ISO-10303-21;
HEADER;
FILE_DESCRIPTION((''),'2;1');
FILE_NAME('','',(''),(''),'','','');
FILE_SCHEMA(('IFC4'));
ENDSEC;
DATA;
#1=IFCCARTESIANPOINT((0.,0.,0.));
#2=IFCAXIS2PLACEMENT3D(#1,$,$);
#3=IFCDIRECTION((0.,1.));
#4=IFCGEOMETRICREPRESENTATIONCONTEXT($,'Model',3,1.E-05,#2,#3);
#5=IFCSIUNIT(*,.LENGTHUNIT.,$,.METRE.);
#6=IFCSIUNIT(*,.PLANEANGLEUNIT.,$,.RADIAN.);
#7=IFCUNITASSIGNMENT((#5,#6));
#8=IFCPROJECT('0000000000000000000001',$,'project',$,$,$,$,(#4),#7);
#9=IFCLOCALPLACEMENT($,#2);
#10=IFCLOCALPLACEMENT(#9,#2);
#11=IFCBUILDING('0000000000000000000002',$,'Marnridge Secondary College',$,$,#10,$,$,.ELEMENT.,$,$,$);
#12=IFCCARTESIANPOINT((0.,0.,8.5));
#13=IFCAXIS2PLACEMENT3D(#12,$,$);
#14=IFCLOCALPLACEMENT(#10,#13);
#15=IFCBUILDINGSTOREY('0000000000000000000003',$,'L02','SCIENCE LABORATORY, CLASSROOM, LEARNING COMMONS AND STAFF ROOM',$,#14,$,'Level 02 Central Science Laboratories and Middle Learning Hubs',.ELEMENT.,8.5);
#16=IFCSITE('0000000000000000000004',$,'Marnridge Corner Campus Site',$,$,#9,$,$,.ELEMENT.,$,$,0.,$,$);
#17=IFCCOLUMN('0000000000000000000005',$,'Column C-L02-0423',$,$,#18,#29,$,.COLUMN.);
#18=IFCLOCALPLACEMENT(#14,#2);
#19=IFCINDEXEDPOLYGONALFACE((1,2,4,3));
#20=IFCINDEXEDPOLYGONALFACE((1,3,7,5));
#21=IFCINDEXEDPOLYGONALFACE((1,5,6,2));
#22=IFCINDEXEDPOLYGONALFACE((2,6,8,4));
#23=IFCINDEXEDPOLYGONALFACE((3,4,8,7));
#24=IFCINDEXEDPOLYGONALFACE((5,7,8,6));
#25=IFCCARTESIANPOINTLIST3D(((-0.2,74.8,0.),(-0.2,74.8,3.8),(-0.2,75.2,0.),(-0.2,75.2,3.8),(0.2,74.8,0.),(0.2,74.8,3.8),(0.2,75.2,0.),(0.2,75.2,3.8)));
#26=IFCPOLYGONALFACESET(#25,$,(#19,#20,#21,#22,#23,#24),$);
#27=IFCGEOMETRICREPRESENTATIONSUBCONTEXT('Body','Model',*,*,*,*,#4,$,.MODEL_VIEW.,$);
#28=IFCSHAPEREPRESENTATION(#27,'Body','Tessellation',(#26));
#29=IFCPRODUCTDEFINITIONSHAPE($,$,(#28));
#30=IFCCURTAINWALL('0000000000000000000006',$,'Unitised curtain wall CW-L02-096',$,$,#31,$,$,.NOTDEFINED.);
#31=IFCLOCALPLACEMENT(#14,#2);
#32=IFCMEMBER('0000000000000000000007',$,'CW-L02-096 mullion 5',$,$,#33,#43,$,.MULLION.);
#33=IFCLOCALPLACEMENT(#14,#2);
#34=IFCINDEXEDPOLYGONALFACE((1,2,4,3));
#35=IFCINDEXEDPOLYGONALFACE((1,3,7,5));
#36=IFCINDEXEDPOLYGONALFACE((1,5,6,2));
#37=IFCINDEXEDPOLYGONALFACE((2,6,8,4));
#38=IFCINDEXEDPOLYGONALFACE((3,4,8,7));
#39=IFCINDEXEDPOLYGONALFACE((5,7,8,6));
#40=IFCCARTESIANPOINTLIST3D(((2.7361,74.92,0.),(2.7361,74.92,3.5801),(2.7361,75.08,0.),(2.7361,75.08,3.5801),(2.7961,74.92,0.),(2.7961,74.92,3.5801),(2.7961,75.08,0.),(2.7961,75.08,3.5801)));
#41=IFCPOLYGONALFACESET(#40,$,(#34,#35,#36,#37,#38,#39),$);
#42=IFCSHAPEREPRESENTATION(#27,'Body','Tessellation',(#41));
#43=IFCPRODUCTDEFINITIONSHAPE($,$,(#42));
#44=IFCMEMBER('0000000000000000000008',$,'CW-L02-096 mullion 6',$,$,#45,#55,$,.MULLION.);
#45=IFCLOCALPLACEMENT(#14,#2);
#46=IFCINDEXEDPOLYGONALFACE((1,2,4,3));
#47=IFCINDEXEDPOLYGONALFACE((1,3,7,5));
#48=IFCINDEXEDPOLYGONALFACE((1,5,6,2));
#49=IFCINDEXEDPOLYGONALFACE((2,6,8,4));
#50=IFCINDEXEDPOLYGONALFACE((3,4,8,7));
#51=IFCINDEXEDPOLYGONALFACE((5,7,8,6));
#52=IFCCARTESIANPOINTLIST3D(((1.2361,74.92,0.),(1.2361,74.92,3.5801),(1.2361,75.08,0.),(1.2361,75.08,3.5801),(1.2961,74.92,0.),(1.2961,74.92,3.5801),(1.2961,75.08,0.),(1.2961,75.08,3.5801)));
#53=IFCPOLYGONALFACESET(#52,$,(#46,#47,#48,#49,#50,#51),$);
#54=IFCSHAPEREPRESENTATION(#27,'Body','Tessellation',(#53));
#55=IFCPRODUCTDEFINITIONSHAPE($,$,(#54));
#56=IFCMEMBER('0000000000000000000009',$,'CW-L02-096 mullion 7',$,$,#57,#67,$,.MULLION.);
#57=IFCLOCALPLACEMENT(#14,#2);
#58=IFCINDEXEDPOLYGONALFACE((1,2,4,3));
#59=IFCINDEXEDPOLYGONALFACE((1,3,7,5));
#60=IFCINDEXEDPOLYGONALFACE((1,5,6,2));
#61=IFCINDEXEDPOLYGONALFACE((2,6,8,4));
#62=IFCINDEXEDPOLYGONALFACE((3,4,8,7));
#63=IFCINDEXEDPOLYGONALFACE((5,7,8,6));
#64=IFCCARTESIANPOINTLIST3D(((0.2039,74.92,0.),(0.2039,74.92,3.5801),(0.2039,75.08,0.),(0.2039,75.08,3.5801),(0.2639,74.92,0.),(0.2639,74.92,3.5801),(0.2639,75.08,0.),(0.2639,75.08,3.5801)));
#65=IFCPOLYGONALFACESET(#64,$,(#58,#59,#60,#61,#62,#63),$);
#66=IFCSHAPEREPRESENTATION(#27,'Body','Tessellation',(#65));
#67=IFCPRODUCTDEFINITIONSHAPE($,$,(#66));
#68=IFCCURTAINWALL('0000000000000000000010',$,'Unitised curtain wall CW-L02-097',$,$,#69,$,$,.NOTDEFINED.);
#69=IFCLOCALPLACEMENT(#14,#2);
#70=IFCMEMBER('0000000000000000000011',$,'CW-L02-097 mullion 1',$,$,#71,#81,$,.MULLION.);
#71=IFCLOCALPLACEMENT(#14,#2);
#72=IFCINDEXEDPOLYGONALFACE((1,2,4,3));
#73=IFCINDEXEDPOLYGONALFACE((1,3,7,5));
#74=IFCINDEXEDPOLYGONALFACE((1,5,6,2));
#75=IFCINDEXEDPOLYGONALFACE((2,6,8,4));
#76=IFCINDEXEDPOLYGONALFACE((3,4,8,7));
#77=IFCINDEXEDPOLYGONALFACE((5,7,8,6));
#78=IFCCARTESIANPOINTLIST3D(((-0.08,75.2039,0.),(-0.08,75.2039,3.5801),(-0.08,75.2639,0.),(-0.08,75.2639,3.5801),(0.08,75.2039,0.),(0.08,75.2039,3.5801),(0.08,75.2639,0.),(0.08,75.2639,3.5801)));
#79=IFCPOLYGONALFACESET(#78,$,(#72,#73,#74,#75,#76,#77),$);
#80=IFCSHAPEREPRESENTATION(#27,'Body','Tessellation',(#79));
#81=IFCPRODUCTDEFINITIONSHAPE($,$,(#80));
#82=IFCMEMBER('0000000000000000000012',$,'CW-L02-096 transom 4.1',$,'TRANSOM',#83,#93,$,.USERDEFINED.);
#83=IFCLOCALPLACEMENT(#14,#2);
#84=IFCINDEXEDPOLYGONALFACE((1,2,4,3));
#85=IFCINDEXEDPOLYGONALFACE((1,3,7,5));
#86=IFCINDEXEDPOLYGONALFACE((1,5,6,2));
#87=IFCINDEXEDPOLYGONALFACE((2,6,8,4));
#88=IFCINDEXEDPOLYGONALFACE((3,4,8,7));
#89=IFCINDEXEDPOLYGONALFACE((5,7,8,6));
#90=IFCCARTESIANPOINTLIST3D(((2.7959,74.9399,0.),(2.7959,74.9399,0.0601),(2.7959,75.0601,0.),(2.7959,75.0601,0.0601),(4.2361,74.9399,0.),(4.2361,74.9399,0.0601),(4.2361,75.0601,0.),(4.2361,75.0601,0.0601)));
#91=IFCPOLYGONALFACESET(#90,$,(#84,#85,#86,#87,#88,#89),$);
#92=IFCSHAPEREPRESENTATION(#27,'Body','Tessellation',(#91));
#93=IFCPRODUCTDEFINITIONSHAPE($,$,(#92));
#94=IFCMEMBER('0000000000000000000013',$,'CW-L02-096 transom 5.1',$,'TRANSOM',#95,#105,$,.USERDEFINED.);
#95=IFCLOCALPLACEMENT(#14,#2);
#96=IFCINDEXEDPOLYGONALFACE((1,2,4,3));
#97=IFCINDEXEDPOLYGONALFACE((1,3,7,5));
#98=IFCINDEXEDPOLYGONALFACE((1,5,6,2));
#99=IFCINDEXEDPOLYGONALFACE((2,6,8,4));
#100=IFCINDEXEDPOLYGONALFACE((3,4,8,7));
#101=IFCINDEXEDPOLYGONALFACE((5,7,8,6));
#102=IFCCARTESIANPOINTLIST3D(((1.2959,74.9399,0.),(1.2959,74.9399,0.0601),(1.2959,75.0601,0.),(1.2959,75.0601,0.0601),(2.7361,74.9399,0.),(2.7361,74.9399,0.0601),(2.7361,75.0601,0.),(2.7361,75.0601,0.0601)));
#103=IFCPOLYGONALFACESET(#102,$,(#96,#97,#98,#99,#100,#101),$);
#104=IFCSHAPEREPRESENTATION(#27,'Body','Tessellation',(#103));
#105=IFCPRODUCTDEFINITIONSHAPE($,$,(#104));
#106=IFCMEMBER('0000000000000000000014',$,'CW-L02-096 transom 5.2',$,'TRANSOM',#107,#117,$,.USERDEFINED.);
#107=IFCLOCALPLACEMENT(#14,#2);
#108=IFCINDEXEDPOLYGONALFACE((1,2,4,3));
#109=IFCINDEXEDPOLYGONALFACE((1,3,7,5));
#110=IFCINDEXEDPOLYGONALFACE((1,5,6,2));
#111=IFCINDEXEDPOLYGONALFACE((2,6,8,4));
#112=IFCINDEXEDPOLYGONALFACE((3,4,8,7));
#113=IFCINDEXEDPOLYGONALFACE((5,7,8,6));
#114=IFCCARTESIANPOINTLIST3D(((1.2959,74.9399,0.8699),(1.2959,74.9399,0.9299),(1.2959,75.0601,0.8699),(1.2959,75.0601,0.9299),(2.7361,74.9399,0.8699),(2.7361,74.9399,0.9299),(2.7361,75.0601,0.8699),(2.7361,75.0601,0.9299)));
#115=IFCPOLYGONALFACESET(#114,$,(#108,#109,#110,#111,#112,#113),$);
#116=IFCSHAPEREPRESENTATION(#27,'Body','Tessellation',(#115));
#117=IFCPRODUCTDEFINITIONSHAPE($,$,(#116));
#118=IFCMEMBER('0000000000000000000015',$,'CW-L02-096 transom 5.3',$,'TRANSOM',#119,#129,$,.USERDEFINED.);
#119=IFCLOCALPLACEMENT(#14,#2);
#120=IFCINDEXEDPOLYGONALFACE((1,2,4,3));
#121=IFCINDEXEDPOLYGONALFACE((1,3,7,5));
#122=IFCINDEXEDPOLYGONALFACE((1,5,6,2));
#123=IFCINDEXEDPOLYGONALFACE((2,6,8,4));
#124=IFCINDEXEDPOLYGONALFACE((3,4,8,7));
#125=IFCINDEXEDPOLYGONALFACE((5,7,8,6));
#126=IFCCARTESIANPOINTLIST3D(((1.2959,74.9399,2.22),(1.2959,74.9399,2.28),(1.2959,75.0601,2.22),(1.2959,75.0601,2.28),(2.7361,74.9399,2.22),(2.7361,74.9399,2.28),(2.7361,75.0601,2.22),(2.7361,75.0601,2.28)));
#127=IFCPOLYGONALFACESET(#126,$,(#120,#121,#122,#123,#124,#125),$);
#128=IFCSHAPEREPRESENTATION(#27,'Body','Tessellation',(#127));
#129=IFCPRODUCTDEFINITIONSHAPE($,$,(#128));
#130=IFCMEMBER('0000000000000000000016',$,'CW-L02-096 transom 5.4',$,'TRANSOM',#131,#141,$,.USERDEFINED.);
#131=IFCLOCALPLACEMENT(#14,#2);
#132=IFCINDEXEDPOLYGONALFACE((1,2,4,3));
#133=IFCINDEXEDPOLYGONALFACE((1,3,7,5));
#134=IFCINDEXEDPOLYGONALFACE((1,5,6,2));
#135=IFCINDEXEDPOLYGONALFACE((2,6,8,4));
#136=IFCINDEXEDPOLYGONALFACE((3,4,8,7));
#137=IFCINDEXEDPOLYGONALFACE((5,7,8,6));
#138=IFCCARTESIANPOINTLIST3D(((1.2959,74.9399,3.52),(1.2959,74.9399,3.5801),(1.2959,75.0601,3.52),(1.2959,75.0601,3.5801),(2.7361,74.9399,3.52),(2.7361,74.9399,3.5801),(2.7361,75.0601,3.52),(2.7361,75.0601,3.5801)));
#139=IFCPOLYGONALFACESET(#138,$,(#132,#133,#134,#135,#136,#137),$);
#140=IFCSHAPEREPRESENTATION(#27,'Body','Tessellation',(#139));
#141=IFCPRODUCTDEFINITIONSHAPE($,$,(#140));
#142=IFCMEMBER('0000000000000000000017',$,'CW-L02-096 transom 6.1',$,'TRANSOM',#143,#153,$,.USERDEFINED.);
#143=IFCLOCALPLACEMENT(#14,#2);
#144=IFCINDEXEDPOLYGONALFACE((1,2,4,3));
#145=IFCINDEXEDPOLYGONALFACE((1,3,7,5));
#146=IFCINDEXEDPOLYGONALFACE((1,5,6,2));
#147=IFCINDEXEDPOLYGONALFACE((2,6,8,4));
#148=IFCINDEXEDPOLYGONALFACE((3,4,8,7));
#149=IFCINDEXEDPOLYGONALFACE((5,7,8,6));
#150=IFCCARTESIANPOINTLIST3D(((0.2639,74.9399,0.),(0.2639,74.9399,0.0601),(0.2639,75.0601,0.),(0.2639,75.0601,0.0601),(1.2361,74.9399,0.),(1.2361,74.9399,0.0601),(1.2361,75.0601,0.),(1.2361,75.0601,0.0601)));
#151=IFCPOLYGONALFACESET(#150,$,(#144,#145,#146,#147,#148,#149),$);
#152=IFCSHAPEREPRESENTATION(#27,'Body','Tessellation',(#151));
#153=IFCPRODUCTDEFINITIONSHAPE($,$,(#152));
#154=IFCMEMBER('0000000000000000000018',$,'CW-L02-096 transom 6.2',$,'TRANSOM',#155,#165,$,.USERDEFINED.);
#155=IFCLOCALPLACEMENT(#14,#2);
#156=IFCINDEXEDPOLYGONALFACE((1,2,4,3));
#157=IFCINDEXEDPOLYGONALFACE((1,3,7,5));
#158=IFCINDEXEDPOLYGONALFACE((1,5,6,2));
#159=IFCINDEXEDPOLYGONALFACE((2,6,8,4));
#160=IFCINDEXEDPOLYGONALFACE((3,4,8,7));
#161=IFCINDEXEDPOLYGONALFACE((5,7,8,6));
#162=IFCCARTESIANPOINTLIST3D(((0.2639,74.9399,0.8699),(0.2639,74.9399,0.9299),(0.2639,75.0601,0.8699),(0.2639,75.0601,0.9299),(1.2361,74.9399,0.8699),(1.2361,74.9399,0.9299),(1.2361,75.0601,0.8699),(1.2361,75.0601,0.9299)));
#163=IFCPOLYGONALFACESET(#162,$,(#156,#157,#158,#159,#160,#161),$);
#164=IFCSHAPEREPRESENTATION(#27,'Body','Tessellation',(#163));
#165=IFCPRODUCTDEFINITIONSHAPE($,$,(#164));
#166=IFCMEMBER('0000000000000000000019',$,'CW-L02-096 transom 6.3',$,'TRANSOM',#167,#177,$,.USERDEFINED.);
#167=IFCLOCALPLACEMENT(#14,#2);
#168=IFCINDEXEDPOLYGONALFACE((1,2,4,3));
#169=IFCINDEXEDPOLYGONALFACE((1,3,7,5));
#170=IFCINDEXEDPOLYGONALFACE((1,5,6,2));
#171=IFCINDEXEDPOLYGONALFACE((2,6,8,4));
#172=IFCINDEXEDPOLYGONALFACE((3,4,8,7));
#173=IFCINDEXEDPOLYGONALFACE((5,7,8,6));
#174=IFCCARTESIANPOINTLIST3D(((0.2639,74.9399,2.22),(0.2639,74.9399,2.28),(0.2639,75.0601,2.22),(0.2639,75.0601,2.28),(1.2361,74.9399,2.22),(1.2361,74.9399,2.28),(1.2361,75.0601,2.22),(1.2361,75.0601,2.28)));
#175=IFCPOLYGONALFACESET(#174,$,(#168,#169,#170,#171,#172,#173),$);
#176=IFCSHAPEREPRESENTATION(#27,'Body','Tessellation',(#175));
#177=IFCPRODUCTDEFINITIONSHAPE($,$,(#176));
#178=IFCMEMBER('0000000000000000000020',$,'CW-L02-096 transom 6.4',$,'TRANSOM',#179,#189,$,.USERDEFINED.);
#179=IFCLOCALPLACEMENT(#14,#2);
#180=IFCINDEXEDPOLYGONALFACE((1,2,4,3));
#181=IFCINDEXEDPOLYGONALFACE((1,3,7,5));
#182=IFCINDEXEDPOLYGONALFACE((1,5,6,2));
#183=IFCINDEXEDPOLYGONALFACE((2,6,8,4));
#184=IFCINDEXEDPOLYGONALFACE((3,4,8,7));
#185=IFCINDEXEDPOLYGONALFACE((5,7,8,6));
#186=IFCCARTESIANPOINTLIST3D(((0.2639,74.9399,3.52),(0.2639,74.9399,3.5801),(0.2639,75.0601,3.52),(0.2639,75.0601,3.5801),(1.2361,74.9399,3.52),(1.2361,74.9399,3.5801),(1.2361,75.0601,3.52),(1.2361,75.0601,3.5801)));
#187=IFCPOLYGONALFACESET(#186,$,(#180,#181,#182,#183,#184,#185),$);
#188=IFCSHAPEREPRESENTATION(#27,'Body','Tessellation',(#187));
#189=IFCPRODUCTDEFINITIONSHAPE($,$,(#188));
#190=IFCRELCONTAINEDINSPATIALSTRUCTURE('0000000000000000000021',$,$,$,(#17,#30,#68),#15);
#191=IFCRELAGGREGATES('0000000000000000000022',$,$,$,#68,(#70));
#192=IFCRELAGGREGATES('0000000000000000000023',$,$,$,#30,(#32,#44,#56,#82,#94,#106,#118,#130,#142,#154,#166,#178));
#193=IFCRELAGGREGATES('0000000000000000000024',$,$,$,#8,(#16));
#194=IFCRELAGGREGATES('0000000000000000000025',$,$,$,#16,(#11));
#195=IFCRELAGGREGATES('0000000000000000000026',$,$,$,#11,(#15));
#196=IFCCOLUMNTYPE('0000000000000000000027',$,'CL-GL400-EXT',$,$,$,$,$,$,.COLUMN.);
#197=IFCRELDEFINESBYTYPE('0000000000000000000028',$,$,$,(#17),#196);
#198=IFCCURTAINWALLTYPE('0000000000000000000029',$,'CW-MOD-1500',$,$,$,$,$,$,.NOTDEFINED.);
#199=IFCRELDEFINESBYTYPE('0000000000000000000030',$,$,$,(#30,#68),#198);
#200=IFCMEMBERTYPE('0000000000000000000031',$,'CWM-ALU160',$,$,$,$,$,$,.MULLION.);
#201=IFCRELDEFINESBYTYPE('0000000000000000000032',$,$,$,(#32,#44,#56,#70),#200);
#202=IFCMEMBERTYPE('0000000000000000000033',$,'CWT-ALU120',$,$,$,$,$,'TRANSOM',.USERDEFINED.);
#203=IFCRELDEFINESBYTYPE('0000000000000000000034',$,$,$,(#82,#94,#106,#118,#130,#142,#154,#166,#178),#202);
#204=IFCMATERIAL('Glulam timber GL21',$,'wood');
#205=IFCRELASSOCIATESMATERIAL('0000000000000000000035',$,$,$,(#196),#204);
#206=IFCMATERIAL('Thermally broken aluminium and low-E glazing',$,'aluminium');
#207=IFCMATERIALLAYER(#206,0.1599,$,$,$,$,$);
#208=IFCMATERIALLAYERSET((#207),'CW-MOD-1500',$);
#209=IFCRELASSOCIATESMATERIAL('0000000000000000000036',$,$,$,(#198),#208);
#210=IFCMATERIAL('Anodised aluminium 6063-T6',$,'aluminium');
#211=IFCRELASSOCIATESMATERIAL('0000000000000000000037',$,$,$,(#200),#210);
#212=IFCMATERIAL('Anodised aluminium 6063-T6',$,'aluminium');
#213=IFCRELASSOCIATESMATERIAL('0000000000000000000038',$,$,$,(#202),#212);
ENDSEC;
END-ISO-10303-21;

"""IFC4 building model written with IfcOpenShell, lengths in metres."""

from ifc_helpers import new_model, si_unit, direction, frame, origin, origin_2d, place, context, subcontext, project, spatial, rectangle, extrude, material, layer, layer_set, material_profile, profile_set, type_object, element, aggregate, save


model = new_model("IFC4")

# Units and contexts
model_context = context("Model", 3, precision=1e-05, world=origin(), true_north=direction((0.0, 1.0)))
body_context = subcontext(model_context, "Body", "Model", "MODEL_VIEW")
ifc_project = project(units=[si_unit("LENGTHUNIT", "METRE"), si_unit("PLANEANGLEUNIT", "RADIAN")], contexts=[model_context])

# Site, building, storey
site_placement = place(None, origin())
site = spatial("IfcSite", under=ifc_project, at=site_placement, Name="Marnridge Corner Campus Site", CompositionType="ELEMENT", RefElevation=0.0)
building_placement = place(site_placement, origin())
building = spatial("IfcBuilding", under=site, at=building_placement, Name="Marnridge Secondary College", CompositionType="ELEMENT")
storey_placement = place(building_placement, frame((0.0, 0.0, 8.5)))
storey = spatial("IfcBuildingStorey", under=building, at=storey_placement, Name="L02", Description="SCIENCE LABORATORY, CLASSROOM, LEARNING COMMONS AND STAFF ROOM", LongName="Level 02 Central Science Laboratories and Middle Learning Hubs", CompositionType="ELEMENT", Elevation=8.5)

# Column
ifc_material_1 = material(Name="Glulam timber GL21", Category="wood")
ifc_material_profile_1 = material_profile(ifc_material_1, rectangle(XDim=0.3999, YDim=0.3999, at=origin_2d()), Name="GL21 400x400")
ifc_profile_set_1 = profile_set([ifc_material_profile_1], Name="Glulam timber GL21")
column_type = type_object("IfcColumnType", Name="CL-GL400-EXT", PredefinedType="COLUMN", material=ifc_profile_set_1)
column_placement = place(storey_placement, frame((0.0, 75.0, 0.0), z_axis=(0.0, 0.0, 1.0), x_axis=(1.0, 0.0, 0.0)))
element("IfcColumn", 1, at=column_placement, inside=storey, type_object=column_type, Name="Column C-L02-0423", PredefinedType="COLUMN", context=body_context, shape_type="SweptSolid", body=[
    extrude(rectangle(XDim=0.3999, YDim=0.3999, at=origin_2d()), origin(), (0.0, 0.0, 1.0), 3.8),
])

# Curtain wall, members
ifc_material_2 = material(Name="Thermally broken aluminium and low-E glazing", Category="aluminium")
ifc_layer_1 = layer(ifc_material_2, 0.1599)
ifc_layer_set_1 = layer_set([ifc_layer_1], Name="CW-MOD-1500")
curtain_wall_type = type_object("IfcCurtainWallType", Name="CW-MOD-1500", PredefinedType="NOTDEFINED", material=ifc_layer_set_1)
curtain_wall_1_placement = place(storey_placement, origin())
curtain_wall_1 = element("IfcCurtainWall", 2, at=curtain_wall_1_placement, inside=storey, type_object=curtain_wall_type, Name="Unitised curtain wall CW-L02-096", PredefinedType="NOTDEFINED")
ifc_material_3 = material(Name="Anodised aluminium 6063-T6", Category="aluminium")
ifc_material_profile_2 = material_profile(ifc_material_3, rectangle(XDim=0.0601, YDim=0.1599, at=origin_2d()), Name="ALU 60x160")
ifc_profile_set_2 = profile_set([ifc_material_profile_2], Name="Anodised aluminium 6063-T6")
member_type_1 = type_object("IfcMemberType", Name="CWM-ALU160", PredefinedType="MULLION", material=ifc_profile_set_2)
member_1_placement = place(storey_placement, frame((2.7661, 75.0, 0.0), z_axis=(0.0, 0.0, 1.0), x_axis=(-1.0, 0.0, 0.0)))
member_1 = element("IfcMember", 3, at=member_1_placement, type_object=member_type_1, Name="CW-L02-096 mullion 5", PredefinedType="MULLION", context=body_context, shape_type="SweptSolid", body=[
    extrude(rectangle(XDim=0.0601, YDim=0.1599, at=origin_2d()), origin(), (0.0, 0.0, 1.0), 3.5801),
])
member_2_placement = place(storey_placement, frame((1.2661, 75.0, 0.0), z_axis=(0.0, 0.0, 1.0), x_axis=(-1.0, 0.0, 0.0)))
member_2 = element("IfcMember", 4, at=member_2_placement, type_object=member_type_1, Name="CW-L02-096 mullion 6", PredefinedType="MULLION", context=body_context, shape_type="SweptSolid", body=[
    extrude(rectangle(XDim=0.0601, YDim=0.1599, at=origin_2d()), origin(), (0.0, 0.0, 1.0), 3.5801),
])
member_3_placement = place(storey_placement, frame((0.2339, 75.0, 0.0), z_axis=(0.0, 0.0, 1.0), x_axis=(-1.0, 0.0, 0.0)))
member_3 = element("IfcMember", 5, at=member_3_placement, type_object=member_type_1, Name="CW-L02-096 mullion 7", PredefinedType="MULLION", context=body_context, shape_type="SweptSolid", body=[
    extrude(rectangle(XDim=0.0601, YDim=0.1599, at=origin_2d()), origin(), (0.0, 0.0, 1.0), 3.5801),
])

# Curtain wall, member
curtain_wall_2_placement = place(storey_placement, origin())
curtain_wall_2 = element("IfcCurtainWall", 6, at=curtain_wall_2_placement, inside=storey, type_object=curtain_wall_type, Name="Unitised curtain wall CW-L02-097", PredefinedType="NOTDEFINED")
member_4_placement = place(storey_placement, frame((0.0, 75.2339, 0.0), z_axis=(0.0, 0.0, 1.0), x_axis=(0.0, 1.0, 0.0)))
member_4 = element("IfcMember", 7, at=member_4_placement, type_object=member_type_1, Name="CW-L02-097 mullion 1", PredefinedType="MULLION", context=body_context, shape_type="SweptSolid", body=[
    extrude(rectangle(XDim=0.0601, YDim=0.1599, at=origin_2d()), origin(), (0.0, 0.0, 1.0), 3.5801),
])

# Members
ifc_material_4 = material(Name="Anodised aluminium 6063-T6", Category="aluminium")
ifc_material_profile_3 = material_profile(ifc_material_4, rectangle(XDim=0.0601, YDim=0.1201, at=origin_2d()), Name="ALU 60x120")
ifc_profile_set_3 = profile_set([ifc_material_profile_3], Name="Anodised aluminium 6063-T6")
member_type_2 = type_object("IfcMemberType", Name="CWT-ALU120", ElementType="TRANSOM", PredefinedType="USERDEFINED", material=ifc_profile_set_3)
member_5_placement = place(storey_placement, frame((4.2361, 75.0, 0.03), z_axis=(-1.0, 0.0, 0.0), x_axis=(0.0, 0.0, 1.0)))
member_5 = element("IfcMember", 8, at=member_5_placement, type_object=member_type_2, Name="CW-L02-096 transom 4.1", ObjectType="TRANSOM", PredefinedType="USERDEFINED", context=body_context, shape_type="SweptSolid", body=[
    extrude(rectangle(XDim=0.0601, YDim=0.1201, at=origin_2d()), origin(), (0.0, 0.0, 1.0), 1.4402),
])
member_6_placement = place(storey_placement, frame((2.7361, 75.0, 0.03), z_axis=(-1.0, 0.0, 0.0), x_axis=(0.0, 0.0, 1.0)))
member_6 = element("IfcMember", 9, at=member_6_placement, type_object=member_type_2, Name="CW-L02-096 transom 5.1", ObjectType="TRANSOM", PredefinedType="USERDEFINED", context=body_context, shape_type="SweptSolid", body=[
    extrude(rectangle(XDim=0.0601, YDim=0.1201, at=origin_2d()), origin(), (0.0, 0.0, 1.0), 1.4402),
])
member_7_placement = place(storey_placement, frame((2.7361, 75.0, 0.8999), z_axis=(-1.0, 0.0, 0.0), x_axis=(0.0, 0.0, 1.0)))
member_7 = element("IfcMember", 10, at=member_7_placement, type_object=member_type_2, Name="CW-L02-096 transom 5.2", ObjectType="TRANSOM", PredefinedType="USERDEFINED", context=body_context, shape_type="SweptSolid", body=[
    extrude(rectangle(XDim=0.0601, YDim=0.1201, at=origin_2d()), origin(), (0.0, 0.0, 1.0), 1.4402),
])
member_8_placement = place(storey_placement, frame((2.7361, 75.0, 2.25), z_axis=(-1.0, 0.0, 0.0), x_axis=(0.0, 0.0, 1.0)))
member_8 = element("IfcMember", 11, at=member_8_placement, type_object=member_type_2, Name="CW-L02-096 transom 5.3", ObjectType="TRANSOM", PredefinedType="USERDEFINED", context=body_context, shape_type="SweptSolid", body=[
    extrude(rectangle(XDim=0.0601, YDim=0.1201, at=origin_2d()), origin(), (0.0, 0.0, 1.0), 1.4402),
])
member_9_placement = place(storey_placement, frame((2.7361, 75.0, 3.55), z_axis=(-1.0, 0.0, 0.0), x_axis=(0.0, 0.0, 1.0)))
member_9 = element("IfcMember", 12, at=member_9_placement, type_object=member_type_2, Name="CW-L02-096 transom 5.4", ObjectType="TRANSOM", PredefinedType="USERDEFINED", context=body_context, shape_type="SweptSolid", body=[
    extrude(rectangle(XDim=0.0601, YDim=0.1201, at=origin_2d()), origin(), (0.0, 0.0, 1.0), 1.4402),
])
member_10_placement = place(storey_placement, frame((1.2361, 75.0, 0.03), z_axis=(-1.0, 0.0, 0.0), x_axis=(0.0, 0.0, 1.0)))
member_10 = element("IfcMember", 13, at=member_10_placement, type_object=member_type_2, Name="CW-L02-096 transom 6.1", ObjectType="TRANSOM", PredefinedType="USERDEFINED", context=body_context, shape_type="SweptSolid", body=[
    extrude(rectangle(XDim=0.0601, YDim=0.1201, at=origin_2d()), origin(), (0.0, 0.0, 1.0), 0.9722),
])
member_11_placement = place(storey_placement, frame((1.2361, 75.0, 0.8999), z_axis=(-1.0, 0.0, 0.0), x_axis=(0.0, 0.0, 1.0)))
member_11 = element("IfcMember", 14, at=member_11_placement, type_object=member_type_2, Name="CW-L02-096 transom 6.2", ObjectType="TRANSOM", PredefinedType="USERDEFINED", context=body_context, shape_type="SweptSolid", body=[
    extrude(rectangle(XDim=0.0601, YDim=0.1201, at=origin_2d()), origin(), (0.0, 0.0, 1.0), 0.9722),
])
member_12_placement = place(storey_placement, frame((1.2361, 75.0, 2.25), z_axis=(-1.0, 0.0, 0.0), x_axis=(0.0, 0.0, 1.0)))
member_12 = element("IfcMember", 15, at=member_12_placement, type_object=member_type_2, Name="CW-L02-096 transom 6.3", ObjectType="TRANSOM", PredefinedType="USERDEFINED", context=body_context, shape_type="SweptSolid", body=[
    extrude(rectangle(XDim=0.0601, YDim=0.1201, at=origin_2d()), origin(), (0.0, 0.0, 1.0), 0.9722),
])
member_13_placement = place(storey_placement, frame((1.2361, 75.0, 3.55), z_axis=(-1.0, 0.0, 0.0), x_axis=(0.0, 0.0, 1.0)))
member_13 = element("IfcMember", 16, at=member_13_placement, type_object=member_type_2, Name="CW-L02-096 transom 6.4", ObjectType="TRANSOM", PredefinedType="USERDEFINED", context=body_context, shape_type="SweptSolid", body=[
    extrude(rectangle(XDim=0.0601, YDim=0.1201, at=origin_2d()), origin(), (0.0, 0.0, 1.0), 0.9722),
])
aggregate(curtain_wall_2, [member_4])

aggregate(curtain_wall_1, [member_1, member_2, member_3, member_5, member_6, member_7, member_8, member_9, member_10, member_11, member_12, member_13])

save(model, "model.ifc")
